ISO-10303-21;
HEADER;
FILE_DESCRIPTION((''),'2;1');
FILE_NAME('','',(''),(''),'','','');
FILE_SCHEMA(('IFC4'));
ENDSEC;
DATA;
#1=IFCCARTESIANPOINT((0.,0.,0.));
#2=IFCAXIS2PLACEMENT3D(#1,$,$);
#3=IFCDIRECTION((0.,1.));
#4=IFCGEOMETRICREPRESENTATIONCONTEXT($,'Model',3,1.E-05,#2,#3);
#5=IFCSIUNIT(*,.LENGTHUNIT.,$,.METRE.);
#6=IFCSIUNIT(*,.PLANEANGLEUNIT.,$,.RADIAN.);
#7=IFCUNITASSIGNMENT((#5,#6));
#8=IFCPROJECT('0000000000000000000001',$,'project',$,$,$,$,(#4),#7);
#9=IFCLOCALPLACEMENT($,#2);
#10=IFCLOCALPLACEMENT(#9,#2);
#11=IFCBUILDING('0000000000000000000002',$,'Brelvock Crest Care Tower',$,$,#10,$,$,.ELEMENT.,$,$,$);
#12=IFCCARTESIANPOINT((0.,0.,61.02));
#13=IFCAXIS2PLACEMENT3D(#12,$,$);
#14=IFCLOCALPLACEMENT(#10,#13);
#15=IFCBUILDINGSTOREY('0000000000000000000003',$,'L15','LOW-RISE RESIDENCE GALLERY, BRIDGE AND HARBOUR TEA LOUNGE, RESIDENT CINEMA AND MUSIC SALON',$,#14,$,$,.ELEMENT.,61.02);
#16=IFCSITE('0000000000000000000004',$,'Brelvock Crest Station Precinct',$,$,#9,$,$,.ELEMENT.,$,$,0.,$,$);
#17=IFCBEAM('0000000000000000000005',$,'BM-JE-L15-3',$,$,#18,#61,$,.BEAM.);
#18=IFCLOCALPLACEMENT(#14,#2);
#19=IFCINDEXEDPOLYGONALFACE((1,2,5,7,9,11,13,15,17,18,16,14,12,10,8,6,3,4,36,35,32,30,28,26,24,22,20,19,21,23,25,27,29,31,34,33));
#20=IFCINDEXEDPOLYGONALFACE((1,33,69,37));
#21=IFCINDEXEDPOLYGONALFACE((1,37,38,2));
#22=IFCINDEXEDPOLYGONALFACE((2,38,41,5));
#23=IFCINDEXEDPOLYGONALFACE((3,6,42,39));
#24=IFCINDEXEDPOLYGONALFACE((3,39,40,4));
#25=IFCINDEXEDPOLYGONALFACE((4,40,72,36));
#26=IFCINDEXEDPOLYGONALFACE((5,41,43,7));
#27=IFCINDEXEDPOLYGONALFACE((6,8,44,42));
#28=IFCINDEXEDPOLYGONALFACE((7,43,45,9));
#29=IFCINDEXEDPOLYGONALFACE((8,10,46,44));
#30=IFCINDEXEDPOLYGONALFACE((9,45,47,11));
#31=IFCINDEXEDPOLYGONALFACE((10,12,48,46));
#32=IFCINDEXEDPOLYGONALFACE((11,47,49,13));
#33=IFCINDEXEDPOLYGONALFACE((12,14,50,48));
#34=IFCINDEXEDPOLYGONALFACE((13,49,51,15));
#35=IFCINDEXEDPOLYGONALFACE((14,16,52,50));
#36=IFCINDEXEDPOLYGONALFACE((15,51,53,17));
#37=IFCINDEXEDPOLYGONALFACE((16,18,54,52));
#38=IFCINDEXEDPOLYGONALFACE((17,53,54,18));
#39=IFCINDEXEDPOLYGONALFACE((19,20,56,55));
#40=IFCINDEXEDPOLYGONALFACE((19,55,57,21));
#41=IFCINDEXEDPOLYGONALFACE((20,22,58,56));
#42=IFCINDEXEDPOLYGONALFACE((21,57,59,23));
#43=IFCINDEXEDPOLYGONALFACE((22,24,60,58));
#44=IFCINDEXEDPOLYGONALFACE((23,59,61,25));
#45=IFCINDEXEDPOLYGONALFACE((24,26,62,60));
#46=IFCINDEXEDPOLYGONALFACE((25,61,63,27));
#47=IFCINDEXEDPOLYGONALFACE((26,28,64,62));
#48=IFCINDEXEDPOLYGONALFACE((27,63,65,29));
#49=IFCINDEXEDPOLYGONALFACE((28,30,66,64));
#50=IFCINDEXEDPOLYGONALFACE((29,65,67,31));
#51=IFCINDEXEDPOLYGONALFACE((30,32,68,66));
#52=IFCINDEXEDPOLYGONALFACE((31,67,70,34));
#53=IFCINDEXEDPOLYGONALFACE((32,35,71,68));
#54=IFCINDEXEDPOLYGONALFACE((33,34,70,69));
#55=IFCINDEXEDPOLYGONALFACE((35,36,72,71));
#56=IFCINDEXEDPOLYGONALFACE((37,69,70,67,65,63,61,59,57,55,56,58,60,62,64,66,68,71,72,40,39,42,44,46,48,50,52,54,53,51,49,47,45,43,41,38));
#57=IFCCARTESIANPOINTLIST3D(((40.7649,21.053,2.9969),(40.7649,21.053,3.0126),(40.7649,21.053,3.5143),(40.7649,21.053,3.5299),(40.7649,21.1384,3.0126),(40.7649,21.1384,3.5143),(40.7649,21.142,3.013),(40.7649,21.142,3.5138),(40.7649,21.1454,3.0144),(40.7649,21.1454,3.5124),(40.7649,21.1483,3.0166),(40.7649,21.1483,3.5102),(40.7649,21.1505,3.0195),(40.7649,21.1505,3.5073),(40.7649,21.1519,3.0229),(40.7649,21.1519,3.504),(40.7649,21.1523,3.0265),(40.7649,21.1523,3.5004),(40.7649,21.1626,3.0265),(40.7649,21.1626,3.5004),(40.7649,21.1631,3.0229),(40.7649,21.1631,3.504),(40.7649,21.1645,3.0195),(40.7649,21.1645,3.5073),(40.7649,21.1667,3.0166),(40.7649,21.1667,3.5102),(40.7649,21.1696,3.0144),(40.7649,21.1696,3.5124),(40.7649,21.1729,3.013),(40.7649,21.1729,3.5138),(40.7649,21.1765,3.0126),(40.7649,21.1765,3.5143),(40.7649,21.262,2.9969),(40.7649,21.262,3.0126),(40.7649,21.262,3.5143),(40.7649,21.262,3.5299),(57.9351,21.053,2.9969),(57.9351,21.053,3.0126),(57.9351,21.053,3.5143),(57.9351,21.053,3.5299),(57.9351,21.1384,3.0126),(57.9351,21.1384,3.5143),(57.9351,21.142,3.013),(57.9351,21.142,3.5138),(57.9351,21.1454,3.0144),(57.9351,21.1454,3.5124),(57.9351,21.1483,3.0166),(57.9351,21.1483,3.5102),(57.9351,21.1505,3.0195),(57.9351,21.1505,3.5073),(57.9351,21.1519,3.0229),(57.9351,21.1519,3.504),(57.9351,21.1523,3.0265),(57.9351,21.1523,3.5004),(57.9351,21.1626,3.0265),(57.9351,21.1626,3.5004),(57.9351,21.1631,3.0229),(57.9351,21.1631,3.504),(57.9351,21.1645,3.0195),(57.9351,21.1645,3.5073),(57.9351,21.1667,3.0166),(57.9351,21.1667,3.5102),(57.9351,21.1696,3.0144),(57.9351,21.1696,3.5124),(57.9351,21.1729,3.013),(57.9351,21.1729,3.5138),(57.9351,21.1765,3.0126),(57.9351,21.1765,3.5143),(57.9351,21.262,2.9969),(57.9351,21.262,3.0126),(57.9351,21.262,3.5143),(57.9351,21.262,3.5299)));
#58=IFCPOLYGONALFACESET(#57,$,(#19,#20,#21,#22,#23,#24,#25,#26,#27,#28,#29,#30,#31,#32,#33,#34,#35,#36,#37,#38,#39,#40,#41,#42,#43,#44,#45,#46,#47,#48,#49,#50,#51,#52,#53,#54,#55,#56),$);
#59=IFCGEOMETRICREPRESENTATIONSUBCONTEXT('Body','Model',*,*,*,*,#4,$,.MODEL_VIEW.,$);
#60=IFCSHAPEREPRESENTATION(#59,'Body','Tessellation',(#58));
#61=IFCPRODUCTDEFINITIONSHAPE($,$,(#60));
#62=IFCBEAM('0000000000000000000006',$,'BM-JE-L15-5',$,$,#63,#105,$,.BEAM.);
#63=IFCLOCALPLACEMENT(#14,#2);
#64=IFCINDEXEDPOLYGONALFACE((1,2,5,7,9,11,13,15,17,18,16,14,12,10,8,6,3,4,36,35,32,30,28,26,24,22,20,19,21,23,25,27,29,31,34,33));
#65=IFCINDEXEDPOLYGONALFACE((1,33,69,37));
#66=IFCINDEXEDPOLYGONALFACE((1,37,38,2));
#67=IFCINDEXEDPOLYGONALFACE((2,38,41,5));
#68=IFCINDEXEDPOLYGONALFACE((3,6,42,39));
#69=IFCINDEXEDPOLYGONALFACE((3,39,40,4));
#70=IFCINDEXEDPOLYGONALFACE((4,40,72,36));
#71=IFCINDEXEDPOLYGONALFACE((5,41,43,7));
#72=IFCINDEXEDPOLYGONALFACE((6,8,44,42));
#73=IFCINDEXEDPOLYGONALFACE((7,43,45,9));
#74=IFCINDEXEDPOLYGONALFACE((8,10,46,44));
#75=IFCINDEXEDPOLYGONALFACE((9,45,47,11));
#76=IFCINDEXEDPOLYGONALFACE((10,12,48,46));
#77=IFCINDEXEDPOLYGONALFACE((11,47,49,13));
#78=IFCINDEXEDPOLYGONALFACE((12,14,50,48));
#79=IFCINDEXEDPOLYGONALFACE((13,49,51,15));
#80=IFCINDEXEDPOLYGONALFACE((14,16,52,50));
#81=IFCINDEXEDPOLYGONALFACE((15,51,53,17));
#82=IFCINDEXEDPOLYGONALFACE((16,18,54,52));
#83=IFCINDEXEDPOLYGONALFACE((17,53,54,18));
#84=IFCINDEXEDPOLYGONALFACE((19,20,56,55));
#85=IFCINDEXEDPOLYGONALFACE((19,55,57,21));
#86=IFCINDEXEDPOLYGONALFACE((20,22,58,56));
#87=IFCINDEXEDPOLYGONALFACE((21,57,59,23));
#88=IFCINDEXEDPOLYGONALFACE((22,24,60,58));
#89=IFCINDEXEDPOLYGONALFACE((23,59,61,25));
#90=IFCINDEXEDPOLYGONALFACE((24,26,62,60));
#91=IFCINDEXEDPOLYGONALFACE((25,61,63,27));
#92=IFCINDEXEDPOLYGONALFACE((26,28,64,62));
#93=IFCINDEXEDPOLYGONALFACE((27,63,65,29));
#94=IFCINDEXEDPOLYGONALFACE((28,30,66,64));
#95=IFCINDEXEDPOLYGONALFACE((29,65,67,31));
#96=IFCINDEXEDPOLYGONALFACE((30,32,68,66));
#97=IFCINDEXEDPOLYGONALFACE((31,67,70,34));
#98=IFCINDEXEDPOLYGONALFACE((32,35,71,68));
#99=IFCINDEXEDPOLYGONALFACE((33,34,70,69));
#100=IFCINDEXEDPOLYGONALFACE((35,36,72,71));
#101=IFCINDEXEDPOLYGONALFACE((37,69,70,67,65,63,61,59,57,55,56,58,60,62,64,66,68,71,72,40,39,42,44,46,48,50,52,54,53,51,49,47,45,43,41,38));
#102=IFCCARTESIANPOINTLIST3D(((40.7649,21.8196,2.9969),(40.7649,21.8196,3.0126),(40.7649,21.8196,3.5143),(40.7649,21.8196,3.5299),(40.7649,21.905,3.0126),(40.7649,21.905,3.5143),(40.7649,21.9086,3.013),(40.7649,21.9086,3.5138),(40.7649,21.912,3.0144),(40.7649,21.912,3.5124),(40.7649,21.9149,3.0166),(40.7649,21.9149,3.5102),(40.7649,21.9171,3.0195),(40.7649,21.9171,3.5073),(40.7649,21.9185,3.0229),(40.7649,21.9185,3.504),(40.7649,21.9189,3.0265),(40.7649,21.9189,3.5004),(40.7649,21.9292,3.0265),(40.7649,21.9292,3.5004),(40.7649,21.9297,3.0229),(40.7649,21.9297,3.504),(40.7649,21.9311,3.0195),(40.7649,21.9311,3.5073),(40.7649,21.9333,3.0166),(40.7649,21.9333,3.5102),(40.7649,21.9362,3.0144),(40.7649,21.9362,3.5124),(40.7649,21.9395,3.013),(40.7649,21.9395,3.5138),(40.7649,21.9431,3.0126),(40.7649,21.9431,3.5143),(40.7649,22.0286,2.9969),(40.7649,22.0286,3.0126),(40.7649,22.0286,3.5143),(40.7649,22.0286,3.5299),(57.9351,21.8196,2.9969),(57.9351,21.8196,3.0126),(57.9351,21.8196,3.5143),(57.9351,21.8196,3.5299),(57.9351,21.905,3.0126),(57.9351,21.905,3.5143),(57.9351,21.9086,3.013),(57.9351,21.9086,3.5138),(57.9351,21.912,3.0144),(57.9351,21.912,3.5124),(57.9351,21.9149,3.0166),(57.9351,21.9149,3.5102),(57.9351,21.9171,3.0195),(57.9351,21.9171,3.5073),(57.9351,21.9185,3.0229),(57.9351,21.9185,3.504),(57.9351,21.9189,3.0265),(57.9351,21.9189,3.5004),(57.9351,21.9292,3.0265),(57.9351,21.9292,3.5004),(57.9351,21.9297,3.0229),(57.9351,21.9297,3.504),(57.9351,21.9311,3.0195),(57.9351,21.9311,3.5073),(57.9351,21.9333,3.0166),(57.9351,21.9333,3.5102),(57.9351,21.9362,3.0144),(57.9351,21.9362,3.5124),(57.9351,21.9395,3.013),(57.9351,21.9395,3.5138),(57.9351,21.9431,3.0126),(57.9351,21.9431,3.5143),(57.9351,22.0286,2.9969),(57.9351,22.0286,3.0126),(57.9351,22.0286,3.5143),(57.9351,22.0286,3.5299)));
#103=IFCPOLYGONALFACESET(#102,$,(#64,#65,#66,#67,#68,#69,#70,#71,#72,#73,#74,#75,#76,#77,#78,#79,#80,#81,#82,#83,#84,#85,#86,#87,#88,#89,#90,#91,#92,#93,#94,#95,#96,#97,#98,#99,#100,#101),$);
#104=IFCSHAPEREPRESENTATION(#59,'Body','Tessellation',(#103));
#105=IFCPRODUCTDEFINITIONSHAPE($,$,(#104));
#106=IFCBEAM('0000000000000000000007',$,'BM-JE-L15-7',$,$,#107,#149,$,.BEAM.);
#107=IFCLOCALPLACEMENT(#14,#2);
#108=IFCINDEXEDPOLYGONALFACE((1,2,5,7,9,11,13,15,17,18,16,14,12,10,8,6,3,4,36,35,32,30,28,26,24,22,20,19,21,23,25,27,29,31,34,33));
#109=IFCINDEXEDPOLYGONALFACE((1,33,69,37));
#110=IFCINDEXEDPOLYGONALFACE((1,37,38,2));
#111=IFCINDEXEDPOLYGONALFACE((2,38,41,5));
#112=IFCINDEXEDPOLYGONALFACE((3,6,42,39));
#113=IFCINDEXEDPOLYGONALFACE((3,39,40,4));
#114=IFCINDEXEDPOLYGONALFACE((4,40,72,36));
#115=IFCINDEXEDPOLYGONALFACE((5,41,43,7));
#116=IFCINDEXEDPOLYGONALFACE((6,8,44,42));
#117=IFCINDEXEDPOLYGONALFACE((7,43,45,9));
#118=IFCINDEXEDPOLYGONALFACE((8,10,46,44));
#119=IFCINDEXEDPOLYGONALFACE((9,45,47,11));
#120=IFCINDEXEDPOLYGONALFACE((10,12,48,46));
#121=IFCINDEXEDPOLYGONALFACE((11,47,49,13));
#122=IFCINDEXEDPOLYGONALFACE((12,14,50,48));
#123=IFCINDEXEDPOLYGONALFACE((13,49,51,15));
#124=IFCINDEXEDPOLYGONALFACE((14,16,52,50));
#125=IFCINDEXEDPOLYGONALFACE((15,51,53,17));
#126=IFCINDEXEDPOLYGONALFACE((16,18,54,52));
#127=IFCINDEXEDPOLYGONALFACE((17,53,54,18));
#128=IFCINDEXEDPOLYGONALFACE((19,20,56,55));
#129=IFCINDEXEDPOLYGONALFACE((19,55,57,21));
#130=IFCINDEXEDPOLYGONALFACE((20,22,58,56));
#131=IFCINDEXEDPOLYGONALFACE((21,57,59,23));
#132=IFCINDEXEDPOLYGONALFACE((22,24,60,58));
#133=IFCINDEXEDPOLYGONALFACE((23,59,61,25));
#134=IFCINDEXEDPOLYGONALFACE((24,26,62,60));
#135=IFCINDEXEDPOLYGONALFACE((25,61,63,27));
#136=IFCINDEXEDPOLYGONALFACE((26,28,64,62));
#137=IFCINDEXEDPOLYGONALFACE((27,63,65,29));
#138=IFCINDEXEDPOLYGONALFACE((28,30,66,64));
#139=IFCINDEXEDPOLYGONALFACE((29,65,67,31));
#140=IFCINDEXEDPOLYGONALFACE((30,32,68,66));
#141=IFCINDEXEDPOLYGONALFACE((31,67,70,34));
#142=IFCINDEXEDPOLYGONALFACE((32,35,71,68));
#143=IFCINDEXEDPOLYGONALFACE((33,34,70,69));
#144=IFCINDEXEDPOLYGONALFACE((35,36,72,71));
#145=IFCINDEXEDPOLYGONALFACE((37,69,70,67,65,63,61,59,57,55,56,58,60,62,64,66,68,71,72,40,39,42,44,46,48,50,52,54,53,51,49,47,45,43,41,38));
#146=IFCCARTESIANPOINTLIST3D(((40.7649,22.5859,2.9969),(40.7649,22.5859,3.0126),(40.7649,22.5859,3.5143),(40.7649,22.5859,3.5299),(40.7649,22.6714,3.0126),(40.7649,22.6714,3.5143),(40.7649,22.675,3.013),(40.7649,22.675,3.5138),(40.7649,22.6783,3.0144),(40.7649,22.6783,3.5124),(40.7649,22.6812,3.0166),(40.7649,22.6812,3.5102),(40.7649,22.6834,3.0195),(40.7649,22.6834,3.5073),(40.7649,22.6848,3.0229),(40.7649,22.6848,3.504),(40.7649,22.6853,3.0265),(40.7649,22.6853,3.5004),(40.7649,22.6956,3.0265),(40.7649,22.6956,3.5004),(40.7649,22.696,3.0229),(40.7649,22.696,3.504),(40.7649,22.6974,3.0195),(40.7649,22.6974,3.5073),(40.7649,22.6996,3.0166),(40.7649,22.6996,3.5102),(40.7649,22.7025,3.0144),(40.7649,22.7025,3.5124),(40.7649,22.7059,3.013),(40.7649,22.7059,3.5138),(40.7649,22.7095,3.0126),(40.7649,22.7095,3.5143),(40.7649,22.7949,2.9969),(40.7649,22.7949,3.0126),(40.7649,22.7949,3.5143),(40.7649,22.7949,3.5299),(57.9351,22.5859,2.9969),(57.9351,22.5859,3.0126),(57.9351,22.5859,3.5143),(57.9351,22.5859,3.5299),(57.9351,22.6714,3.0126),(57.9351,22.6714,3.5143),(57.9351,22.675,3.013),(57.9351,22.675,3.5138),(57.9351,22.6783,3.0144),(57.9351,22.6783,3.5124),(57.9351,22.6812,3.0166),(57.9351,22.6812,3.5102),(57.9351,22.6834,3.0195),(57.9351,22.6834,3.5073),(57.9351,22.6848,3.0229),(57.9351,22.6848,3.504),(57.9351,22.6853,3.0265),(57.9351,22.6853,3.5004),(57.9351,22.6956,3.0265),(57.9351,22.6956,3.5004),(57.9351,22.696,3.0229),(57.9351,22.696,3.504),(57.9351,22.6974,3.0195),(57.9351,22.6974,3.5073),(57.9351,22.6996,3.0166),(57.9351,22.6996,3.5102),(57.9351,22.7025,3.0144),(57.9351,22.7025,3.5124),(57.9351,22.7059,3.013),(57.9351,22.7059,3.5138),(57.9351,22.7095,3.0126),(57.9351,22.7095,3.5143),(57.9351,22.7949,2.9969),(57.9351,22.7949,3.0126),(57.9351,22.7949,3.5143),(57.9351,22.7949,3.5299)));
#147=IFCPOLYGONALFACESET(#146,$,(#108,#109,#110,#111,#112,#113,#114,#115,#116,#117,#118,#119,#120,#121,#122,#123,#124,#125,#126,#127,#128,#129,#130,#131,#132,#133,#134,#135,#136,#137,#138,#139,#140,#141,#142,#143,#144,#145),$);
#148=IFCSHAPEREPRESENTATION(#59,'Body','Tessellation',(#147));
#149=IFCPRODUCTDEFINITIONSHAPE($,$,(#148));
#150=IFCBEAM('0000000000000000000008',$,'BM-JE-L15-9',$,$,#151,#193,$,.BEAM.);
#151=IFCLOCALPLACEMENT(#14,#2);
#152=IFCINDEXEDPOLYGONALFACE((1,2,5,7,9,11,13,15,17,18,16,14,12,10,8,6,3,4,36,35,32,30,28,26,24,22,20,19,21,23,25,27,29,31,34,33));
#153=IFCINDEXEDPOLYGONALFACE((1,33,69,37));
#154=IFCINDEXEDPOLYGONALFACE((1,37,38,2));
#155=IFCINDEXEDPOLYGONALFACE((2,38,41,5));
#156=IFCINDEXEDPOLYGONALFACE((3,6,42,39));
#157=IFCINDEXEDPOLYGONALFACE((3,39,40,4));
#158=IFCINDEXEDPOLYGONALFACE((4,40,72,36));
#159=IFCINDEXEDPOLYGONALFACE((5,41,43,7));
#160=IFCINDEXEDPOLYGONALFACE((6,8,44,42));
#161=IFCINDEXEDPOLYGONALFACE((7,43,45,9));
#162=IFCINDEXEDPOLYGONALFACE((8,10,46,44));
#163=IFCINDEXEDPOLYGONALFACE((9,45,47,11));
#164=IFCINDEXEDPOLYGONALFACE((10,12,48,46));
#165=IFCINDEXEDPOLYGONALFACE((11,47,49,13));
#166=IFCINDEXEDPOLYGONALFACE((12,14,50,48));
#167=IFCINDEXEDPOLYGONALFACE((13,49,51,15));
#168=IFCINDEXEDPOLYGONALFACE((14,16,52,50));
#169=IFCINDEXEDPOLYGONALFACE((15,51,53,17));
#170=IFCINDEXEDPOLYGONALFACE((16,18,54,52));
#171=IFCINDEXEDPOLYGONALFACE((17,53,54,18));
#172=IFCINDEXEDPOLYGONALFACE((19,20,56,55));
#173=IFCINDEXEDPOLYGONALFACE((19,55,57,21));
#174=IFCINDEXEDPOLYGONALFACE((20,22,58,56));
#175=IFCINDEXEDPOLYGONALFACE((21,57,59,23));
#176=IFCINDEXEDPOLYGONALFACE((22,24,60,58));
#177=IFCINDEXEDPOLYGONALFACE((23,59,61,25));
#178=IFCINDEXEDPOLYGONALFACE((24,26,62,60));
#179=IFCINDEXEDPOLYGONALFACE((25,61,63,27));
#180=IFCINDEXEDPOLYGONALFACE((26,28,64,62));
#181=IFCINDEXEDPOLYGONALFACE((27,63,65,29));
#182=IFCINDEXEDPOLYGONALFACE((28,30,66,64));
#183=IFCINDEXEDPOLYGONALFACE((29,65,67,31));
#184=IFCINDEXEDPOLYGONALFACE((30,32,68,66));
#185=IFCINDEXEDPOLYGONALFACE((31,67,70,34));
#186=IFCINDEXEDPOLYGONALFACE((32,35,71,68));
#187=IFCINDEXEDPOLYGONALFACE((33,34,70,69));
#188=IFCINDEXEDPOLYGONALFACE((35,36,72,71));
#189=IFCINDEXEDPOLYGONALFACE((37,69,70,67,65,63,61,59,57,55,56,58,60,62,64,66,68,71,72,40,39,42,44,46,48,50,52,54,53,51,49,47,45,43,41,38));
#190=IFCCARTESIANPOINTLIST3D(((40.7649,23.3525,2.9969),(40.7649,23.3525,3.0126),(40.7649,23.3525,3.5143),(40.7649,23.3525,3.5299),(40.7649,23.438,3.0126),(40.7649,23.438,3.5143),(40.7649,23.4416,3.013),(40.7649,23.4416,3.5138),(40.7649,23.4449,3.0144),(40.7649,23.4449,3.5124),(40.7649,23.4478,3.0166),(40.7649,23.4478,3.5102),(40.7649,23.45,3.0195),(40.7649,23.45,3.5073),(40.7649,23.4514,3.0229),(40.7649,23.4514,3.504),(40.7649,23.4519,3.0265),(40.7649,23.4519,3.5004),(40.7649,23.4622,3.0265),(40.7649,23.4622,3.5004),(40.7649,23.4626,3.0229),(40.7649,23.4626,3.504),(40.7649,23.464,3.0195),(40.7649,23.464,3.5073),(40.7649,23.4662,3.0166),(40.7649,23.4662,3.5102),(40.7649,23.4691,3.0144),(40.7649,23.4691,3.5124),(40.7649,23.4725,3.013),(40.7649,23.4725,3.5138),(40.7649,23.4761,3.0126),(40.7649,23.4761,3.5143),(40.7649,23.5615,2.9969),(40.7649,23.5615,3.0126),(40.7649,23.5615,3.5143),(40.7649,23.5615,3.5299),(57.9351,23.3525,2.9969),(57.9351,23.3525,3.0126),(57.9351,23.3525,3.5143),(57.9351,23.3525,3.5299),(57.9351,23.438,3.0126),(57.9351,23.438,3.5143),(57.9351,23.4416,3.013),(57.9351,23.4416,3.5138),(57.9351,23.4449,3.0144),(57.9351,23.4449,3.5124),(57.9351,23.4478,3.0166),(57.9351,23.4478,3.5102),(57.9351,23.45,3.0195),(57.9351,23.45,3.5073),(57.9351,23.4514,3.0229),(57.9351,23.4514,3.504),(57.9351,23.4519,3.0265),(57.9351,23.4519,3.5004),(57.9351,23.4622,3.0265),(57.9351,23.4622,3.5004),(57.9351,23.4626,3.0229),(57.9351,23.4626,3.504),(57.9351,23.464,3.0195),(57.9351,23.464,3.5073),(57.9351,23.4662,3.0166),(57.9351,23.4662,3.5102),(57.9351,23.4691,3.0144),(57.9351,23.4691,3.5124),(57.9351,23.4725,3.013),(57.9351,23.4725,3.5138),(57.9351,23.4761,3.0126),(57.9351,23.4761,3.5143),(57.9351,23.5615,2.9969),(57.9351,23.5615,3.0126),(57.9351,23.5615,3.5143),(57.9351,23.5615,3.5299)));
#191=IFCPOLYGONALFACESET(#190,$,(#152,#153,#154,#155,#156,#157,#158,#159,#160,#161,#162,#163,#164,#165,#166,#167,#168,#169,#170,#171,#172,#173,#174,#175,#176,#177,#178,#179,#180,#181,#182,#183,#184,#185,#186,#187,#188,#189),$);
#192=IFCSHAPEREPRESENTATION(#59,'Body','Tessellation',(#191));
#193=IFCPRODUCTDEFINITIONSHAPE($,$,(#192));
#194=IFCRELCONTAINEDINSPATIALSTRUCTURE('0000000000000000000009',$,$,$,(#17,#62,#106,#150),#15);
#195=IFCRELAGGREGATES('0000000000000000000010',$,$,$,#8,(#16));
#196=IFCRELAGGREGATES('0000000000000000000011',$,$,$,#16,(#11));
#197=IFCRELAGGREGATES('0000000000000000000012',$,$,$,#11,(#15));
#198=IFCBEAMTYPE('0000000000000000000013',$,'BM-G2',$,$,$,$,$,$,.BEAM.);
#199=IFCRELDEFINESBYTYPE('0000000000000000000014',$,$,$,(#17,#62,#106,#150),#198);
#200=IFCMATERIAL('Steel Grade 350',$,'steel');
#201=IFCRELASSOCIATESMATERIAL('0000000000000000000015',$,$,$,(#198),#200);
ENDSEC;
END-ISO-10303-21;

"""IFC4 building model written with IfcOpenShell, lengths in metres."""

from ifc_helpers import new_model, si_unit, direction, frame, origin, origin_2d, place, context, subcontext, project, spatial, i_section, extrude, source, transform, mapped, material, material_profile, profile_set, type_object, element, save


model = new_model("IFC4")

# Units and contexts
model_context = context("Model", 3, precision=1e-05, world=origin(), true_north=direction((0.0, 1.0)))
body_context = subcontext(model_context, "Body", "Model", "MODEL_VIEW")
ifc_project = project(units=[si_unit("LENGTHUNIT", "METRE"), si_unit("PLANEANGLEUNIT", "RADIAN")], contexts=[model_context])

# Site, building, storey
site_placement = place(None, origin())
site = spatial("IfcSite", under=ifc_project, at=site_placement, Name="Brelvock Crest Station Precinct", CompositionType="ELEMENT", RefElevation=0.0)
building_placement = place(site_placement, origin())
building = spatial("IfcBuilding", under=site, at=building_placement, Name="Brelvock Crest Care Tower", CompositionType="ELEMENT")
storey_placement = place(building_placement, frame((0.0, 0.0, 61.02)))
storey = spatial("IfcBuildingStorey", under=building, at=storey_placement, Name="L15", Description="LOW-RISE RESIDENCE GALLERY, BRIDGE AND HARBOUR TEA LOUNGE, RESIDENT CINEMA AND MUSIC SALON", CompositionType="ELEMENT", Elevation=61.02)

# Beams
ifc_material_1 = material(Name="Steel Grade 350", Category="steel")
ifc_material_profile_1 = material_profile(ifc_material_1, i_section(OverallWidth=0.209, OverallDepth=0.533, WebThickness=0.0103, FlangeThickness=0.0156, FilletRadius=0.0139, at=origin_2d()), Name="530UB92.4")
ifc_profile_set_1 = profile_set([ifc_material_profile_1], Name="Steel Grade 350")
beam_type_1 = type_object("IfcBeamType", Name="BM-G2", PredefinedType="BEAM", material=ifc_profile_set_1)
shared_shape_1 = source(origin(), body_context, "Body", "SweptSolid", [
    extrude(i_section(OverallWidth=0.209, OverallDepth=0.533, WebThickness=0.0103, FlangeThickness=0.0156, FilletRadius=0.0139, at=origin_2d()), origin(), (0.0, 0.0, 1.0), 17.1702),
])
for number, where, z_axis, x_axis, name in (
    (1, (40.7649, 21.1575, 3.2634), (1.0, 0.0, 0.0), (0.0, 1.0, 0.0), "BM-JE-L15-3"),
    (2, (40.7649, 21.9241, 3.2634), (1.0, 0.0, 0.0), (0.0, 1.0, 0.0), "BM-JE-L15-5"),
    (3, (40.7649, 22.6904, 3.2634), (1.0, 0.0, 0.0), (0.0, 1.0, 0.0), "BM-JE-L15-7"),
    (4, (40.7649, 23.457, 3.2634), (1.0, 0.0, 0.0), (0.0, 1.0, 0.0), "BM-JE-L15-9"),
):
    element("IfcBeam", number, at=place(storey_placement, frame(where, z_axis=z_axis, x_axis=x_axis)), inside=storey, type_object=beam_type_1, Name=name, PredefinedType="BEAM", context=body_context, shape_type="MappedRepresentation", body=[
        mapped(shared_shape_1, transform((0.0, 0.0, 0.0), x_axis=(1.0, 0.0, 0.0), y_axis=(0.0, 1.0, 0.0), z_axis=(0.0, 0.0, 1.0), scale=1.0)),
    ])

save(model, "model.ifc")
